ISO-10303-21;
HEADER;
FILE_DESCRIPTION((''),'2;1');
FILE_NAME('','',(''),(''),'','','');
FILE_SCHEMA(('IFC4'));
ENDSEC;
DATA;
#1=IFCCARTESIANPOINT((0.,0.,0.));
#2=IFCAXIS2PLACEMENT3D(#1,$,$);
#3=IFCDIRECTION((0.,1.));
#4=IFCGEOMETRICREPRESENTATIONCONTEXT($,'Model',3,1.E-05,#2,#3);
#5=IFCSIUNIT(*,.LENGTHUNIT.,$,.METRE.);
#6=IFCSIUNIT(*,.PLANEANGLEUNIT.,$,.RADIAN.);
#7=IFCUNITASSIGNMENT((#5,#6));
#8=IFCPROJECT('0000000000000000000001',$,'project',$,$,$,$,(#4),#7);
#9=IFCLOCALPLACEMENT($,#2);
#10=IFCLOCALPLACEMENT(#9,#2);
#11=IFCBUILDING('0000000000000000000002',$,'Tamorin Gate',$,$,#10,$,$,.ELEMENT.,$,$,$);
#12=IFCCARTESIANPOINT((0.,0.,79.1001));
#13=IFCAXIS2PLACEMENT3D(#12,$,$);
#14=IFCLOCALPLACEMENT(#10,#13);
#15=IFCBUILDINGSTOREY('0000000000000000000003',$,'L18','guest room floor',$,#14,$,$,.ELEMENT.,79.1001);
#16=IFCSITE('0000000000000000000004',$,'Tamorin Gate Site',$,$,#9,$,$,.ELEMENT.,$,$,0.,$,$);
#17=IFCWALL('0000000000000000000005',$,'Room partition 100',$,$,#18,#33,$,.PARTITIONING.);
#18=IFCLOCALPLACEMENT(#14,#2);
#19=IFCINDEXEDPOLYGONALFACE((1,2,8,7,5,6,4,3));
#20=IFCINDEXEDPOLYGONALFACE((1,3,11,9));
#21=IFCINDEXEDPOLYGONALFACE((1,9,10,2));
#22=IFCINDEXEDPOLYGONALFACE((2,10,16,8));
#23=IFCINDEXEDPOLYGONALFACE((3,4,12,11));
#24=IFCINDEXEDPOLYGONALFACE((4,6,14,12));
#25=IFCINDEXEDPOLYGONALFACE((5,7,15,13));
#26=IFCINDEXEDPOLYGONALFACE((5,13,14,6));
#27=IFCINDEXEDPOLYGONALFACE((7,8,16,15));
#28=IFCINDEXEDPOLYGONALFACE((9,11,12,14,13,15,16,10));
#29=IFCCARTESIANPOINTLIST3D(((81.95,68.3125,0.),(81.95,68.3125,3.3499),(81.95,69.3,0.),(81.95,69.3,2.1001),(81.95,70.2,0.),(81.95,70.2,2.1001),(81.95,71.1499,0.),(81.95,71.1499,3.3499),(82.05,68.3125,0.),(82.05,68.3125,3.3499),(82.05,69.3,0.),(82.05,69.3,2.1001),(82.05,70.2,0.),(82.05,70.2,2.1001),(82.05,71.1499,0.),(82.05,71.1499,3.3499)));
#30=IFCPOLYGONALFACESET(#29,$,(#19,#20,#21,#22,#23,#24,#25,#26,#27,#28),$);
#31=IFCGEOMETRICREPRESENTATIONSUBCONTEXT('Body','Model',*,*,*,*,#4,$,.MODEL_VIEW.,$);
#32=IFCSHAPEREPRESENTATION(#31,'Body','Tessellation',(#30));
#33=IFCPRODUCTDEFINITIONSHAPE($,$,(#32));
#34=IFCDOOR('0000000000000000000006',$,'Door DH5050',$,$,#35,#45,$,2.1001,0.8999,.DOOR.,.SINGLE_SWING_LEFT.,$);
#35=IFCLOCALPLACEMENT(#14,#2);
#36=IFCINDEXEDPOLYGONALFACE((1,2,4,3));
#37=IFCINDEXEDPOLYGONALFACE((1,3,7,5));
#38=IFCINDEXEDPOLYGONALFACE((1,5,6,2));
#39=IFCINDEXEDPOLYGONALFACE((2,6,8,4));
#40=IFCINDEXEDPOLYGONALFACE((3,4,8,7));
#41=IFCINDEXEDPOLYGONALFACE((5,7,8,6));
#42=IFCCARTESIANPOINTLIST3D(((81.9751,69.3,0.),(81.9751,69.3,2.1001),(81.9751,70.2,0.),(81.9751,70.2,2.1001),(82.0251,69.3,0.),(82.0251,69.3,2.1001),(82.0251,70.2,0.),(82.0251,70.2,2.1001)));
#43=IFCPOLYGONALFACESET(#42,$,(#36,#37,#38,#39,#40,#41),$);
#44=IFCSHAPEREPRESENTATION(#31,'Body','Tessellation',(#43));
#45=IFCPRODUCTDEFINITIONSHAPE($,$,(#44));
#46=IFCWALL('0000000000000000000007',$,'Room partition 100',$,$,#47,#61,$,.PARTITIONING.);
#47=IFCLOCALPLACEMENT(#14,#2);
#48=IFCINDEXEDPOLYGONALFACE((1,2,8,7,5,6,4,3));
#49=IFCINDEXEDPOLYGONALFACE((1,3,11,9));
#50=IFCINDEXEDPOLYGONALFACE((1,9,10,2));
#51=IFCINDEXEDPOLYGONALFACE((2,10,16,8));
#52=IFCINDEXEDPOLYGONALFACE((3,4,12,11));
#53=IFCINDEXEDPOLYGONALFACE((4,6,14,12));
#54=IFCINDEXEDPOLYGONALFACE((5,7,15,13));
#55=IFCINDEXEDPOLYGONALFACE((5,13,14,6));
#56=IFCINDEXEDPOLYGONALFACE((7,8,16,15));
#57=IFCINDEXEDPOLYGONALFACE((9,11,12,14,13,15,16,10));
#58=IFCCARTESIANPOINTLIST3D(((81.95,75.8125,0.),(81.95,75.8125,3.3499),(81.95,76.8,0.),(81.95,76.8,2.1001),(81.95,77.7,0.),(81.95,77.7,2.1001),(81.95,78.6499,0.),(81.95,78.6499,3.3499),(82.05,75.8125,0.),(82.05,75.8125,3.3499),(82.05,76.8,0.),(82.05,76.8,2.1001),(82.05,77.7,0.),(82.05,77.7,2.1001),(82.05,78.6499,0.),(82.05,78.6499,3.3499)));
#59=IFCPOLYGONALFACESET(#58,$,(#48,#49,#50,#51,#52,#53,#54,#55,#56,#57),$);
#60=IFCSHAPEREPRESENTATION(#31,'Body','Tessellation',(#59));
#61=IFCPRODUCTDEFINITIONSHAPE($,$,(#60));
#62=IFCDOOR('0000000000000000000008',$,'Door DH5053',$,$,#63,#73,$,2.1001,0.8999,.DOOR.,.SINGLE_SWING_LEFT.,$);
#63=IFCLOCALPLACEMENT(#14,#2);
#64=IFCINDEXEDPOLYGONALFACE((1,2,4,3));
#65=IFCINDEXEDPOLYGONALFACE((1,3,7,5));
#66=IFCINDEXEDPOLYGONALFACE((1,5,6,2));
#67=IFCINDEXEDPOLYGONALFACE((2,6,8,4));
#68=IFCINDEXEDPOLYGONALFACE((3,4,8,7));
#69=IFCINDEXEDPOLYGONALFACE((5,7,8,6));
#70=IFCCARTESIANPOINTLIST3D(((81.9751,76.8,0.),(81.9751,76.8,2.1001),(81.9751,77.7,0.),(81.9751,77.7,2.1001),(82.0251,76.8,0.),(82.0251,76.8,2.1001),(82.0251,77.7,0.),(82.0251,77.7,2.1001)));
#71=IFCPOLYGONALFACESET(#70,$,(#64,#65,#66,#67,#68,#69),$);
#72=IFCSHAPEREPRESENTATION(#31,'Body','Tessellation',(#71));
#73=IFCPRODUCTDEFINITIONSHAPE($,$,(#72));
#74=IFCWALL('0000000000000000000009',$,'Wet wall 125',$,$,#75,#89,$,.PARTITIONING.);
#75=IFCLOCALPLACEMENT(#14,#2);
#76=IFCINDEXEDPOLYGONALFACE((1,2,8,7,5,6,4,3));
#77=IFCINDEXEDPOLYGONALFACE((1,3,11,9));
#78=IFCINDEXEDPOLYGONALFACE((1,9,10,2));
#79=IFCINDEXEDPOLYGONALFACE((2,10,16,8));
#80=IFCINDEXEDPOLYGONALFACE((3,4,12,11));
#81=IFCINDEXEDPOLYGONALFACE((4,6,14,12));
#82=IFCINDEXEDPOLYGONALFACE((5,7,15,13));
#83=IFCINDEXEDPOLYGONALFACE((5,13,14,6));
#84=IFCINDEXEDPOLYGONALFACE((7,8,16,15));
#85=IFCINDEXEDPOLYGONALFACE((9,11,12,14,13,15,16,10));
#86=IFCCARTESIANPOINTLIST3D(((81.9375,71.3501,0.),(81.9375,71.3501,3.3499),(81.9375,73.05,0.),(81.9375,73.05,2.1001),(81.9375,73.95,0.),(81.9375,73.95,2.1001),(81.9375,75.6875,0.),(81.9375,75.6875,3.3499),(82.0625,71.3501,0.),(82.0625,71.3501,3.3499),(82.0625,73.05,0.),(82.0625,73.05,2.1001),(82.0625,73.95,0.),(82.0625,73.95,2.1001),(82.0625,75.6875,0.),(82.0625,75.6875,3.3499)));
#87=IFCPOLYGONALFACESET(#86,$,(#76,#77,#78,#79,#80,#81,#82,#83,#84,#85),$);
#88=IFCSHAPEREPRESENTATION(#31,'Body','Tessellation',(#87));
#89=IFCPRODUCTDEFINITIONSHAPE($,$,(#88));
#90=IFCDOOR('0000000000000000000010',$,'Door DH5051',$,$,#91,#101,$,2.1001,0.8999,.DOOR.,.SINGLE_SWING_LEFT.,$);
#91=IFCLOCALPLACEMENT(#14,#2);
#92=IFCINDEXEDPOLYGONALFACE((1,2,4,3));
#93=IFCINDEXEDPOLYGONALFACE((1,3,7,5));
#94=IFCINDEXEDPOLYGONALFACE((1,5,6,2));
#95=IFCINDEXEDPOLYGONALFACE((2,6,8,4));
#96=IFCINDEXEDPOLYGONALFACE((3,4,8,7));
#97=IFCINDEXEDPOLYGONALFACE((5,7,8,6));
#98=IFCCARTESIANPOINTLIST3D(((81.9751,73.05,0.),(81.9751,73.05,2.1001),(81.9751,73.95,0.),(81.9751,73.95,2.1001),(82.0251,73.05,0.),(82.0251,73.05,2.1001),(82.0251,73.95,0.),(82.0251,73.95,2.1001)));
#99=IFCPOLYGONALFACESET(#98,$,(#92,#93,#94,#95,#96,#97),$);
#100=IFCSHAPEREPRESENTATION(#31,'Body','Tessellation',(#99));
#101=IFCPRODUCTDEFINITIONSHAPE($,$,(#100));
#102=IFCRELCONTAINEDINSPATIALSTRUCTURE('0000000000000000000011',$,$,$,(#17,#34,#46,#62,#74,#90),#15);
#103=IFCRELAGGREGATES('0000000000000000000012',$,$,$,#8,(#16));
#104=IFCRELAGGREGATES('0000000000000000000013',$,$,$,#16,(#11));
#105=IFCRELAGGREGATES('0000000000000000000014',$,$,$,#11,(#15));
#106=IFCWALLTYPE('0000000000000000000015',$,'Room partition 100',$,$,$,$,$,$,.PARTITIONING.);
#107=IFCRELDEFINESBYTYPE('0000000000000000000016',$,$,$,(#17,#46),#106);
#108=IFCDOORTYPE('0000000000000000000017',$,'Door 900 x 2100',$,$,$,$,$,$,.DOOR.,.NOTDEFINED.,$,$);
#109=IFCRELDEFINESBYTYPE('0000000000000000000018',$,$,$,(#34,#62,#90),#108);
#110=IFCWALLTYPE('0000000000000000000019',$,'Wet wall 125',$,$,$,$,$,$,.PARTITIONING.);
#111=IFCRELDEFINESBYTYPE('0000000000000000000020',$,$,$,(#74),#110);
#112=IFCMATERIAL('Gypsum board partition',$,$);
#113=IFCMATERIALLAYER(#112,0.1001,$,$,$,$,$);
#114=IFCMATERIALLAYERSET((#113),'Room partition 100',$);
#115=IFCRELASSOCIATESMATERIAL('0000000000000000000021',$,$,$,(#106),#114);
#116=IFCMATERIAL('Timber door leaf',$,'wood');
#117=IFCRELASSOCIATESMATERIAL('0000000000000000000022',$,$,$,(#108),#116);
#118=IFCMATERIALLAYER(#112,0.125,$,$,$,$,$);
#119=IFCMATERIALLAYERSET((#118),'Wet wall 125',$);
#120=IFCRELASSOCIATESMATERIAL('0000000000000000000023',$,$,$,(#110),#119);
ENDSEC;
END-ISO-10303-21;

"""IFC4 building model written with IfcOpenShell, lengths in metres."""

from ifc_helpers import new_model, si_unit, direction, frame, frame_2d, origin, place, context, subcontext, project, spatial, rectangle, extrude, material, layer, layer_set, type_object, element, fill, save


model = new_model("IFC4")

# Units and contexts
model_context = context("Model", 3, precision=1e-05, world=origin(), true_north=direction((0.0, 1.0)))
body_context = subcontext(model_context, "Body", "Model", "MODEL_VIEW")
ifc_project = project(units=[si_unit("LENGTHUNIT", "METRE"), si_unit("PLANEANGLEUNIT", "RADIAN")], contexts=[model_context])

# Site, building, storey
site_placement = place(None, origin())
site = spatial("IfcSite", under=ifc_project, at=site_placement, Name="Tamorin Gate Site", CompositionType="ELEMENT", RefElevation=0.0)
building_placement = place(site_placement, origin())
building = spatial("IfcBuilding", under=site, at=building_placement, Name="Tamorin Gate", CompositionType="ELEMENT")
storey_placement = place(building_placement, frame((0.0, 0.0, 79.1001)))
storey = spatial("IfcBuildingStorey", under=building, at=storey_placement, Name="L18", Description="guest room floor", CompositionType="ELEMENT", Elevation=79.1001)

# Walls, openings, doors
ifc_material_1 = material(Name="Gypsum board partition")
ifc_layer_1 = layer(ifc_material_1, 0.1001)
ifc_layer_set_1 = layer_set([ifc_layer_1], Name="Room partition 100")
wall_type_1 = type_object("IfcWallType", Name="Room partition 100", PredefinedType="PARTITIONING", material=ifc_layer_set_1)
wall_1_placement = place(storey_placement, frame((82.0, 68.3125, 0.0), z_axis=(0.0, 0.0, 1.0), x_axis=(0.0, 1.0, 0.0)))
wall_1 = element("IfcWall", 1, at=wall_1_placement, inside=storey, type_object=wall_type_1, Name="Room partition 100", PredefinedType="PARTITIONING", context=body_context, shape_type="SweptSolid", body=[
    extrude(rectangle(XDim=2.8374, YDim=0.1001, at=frame_2d((1.4187, 0.0))), origin(), (0.0, 0.0, 1.0), 3.3499),
])
opening_1_placement = place(wall_1_placement, frame((0.9875, 0.0, 0.0)))
opening_1 = element("IfcOpeningElement", 2, at=opening_1_placement, cuts=wall_1, PredefinedType="OPENING", context=body_context, shape_type="SweptSolid", body=[
    extrude(rectangle(XDim=0.8999, YDim=2.1001, at=frame_2d((0.45, 1.05))), frame((0.0, 0.0601, 0.0), z_axis=(0.0, -1.0, 0.0), x_axis=(1.0, 0.0, 0.0)), (0.0, 0.0, 1.0), 0.1201),
])
ifc_material_2 = material(Name="Timber door leaf", Category="wood")
door_type = type_object("IfcDoorType", Name="Door 900 x 2100", OperationType="NOTDEFINED", PredefinedType="DOOR", material=ifc_material_2)
door_1_placement = place(opening_1_placement, origin())
door_1 = element("IfcDoor", 3, at=door_1_placement, inside=storey, type_object=door_type, Name="Door DH5050", OperationType="SINGLE_SWING_LEFT", OverallHeight=2.1001, OverallWidth=0.8999, PredefinedType="DOOR", context=body_context, shape_type="SweptSolid", body=[
    extrude(rectangle(XDim=0.8999, YDim=2.1001, at=frame_2d((0.45, 1.05))), frame((0.0, 0.0249, 0.0), z_axis=(0.0, -1.0, 0.0), x_axis=(1.0, 0.0, 0.0)), (0.0, 0.0, 1.0), 0.05),
])
fill(opening_1, door_1)
wall_2_placement = place(storey_placement, frame((82.0, 75.8125, 0.0), z_axis=(0.0, 0.0, 1.0), x_axis=(0.0, 1.0, 0.0)))
wall_2 = element("IfcWall", 4, at=wall_2_placement, inside=storey, type_object=wall_type_1, Name="Room partition 100", PredefinedType="PARTITIONING", context=body_context, shape_type="SweptSolid", body=[
    extrude(rectangle(XDim=2.8374, YDim=0.1001, at=frame_2d((1.4187, 0.0))), origin(), (0.0, 0.0, 1.0), 3.3499),
])
opening_2_placement = place(wall_2_placement, frame((0.9875, 0.0, 0.0)))
opening_2 = element("IfcOpeningElement", 5, at=opening_2_placement, cuts=wall_2, PredefinedType="OPENING", context=body_context, shape_type="SweptSolid", body=[
    extrude(rectangle(XDim=0.8999, YDim=2.1001, at=frame_2d((0.45, 1.05))), frame((0.0, 0.0601, 0.0), z_axis=(0.0, -1.0, 0.0), x_axis=(1.0, 0.0, 0.0)), (0.0, 0.0, 1.0), 0.1201),
])
door_2_placement = place(opening_2_placement, origin())
door_2 = element("IfcDoor", 6, at=door_2_placement, inside=storey, type_object=door_type, Name="Door DH5053", OperationType="SINGLE_SWING_LEFT", OverallHeight=2.1001, OverallWidth=0.8999, PredefinedType="DOOR", context=body_context, shape_type="SweptSolid", body=[
    extrude(rectangle(XDim=0.8999, YDim=2.1001, at=frame_2d((0.45, 1.05))), frame((0.0, 0.0249, 0.0), z_axis=(0.0, -1.0, 0.0), x_axis=(1.0, 0.0, 0.0)), (0.0, 0.0, 1.0), 0.05),
])
fill(opening_2, door_2)
ifc_layer_2 = layer(ifc_material_1, 0.125)
ifc_layer_set_2 = layer_set([ifc_layer_2], Name="Wet wall 125")
wall_type_2 = type_object("IfcWallType", Name="Wet wall 125", PredefinedType="PARTITIONING", material=ifc_layer_set_2)
wall_3_placement = place(storey_placement, frame((82.0, 71.3501, 0.0), z_axis=(0.0, 0.0, 1.0), x_axis=(0.0, 1.0, 0.0)))
wall_3 = element("IfcWall", 7, at=wall_3_placement, inside=storey, type_object=wall_type_2, Name="Wet wall 125", PredefinedType="PARTITIONING", context=body_context, shape_type="SweptSolid", body=[
    extrude(rectangle(XDim=4.3374, YDim=0.125, at=frame_2d((2.1687, 0.0))), origin(), (0.0, 0.0, 1.0), 3.3499),
])
opening_3_placement = place(wall_3_placement, frame((1.7, 0.0, 0.0)))
opening_3 = element("IfcOpeningElement", 8, at=opening_3_placement, cuts=wall_3, PredefinedType="OPENING", context=body_context, shape_type="SweptSolid", body=[
    extrude(rectangle(XDim=0.8999, YDim=2.1001, at=frame_2d((0.45, 1.05))), frame((0.0, 0.0725, 0.0), z_axis=(0.0, -1.0, 0.0), x_axis=(1.0, 0.0, 0.0)), (0.0, 0.0, 1.0), 0.145),
])
door_3_placement = place(opening_3_placement, origin())
door_3 = element("IfcDoor", 9, at=door_3_placement, inside=storey, type_object=door_type, Name="Door DH5051", OperationType="SINGLE_SWING_LEFT", OverallHeight=2.1001, OverallWidth=0.8999, PredefinedType="DOOR", context=body_context, shape_type="SweptSolid", body=[
    extrude(rectangle(XDim=0.8999, YDim=2.1001, at=frame_2d((0.45, 1.05))), frame((0.0, 0.0249, 0.0), z_axis=(0.0, -1.0, 0.0), x_axis=(1.0, 0.0, 0.0)), (0.0, 0.0, 1.0), 0.05),
])
fill(opening_3, door_3)

save(model, "model.ifc")
